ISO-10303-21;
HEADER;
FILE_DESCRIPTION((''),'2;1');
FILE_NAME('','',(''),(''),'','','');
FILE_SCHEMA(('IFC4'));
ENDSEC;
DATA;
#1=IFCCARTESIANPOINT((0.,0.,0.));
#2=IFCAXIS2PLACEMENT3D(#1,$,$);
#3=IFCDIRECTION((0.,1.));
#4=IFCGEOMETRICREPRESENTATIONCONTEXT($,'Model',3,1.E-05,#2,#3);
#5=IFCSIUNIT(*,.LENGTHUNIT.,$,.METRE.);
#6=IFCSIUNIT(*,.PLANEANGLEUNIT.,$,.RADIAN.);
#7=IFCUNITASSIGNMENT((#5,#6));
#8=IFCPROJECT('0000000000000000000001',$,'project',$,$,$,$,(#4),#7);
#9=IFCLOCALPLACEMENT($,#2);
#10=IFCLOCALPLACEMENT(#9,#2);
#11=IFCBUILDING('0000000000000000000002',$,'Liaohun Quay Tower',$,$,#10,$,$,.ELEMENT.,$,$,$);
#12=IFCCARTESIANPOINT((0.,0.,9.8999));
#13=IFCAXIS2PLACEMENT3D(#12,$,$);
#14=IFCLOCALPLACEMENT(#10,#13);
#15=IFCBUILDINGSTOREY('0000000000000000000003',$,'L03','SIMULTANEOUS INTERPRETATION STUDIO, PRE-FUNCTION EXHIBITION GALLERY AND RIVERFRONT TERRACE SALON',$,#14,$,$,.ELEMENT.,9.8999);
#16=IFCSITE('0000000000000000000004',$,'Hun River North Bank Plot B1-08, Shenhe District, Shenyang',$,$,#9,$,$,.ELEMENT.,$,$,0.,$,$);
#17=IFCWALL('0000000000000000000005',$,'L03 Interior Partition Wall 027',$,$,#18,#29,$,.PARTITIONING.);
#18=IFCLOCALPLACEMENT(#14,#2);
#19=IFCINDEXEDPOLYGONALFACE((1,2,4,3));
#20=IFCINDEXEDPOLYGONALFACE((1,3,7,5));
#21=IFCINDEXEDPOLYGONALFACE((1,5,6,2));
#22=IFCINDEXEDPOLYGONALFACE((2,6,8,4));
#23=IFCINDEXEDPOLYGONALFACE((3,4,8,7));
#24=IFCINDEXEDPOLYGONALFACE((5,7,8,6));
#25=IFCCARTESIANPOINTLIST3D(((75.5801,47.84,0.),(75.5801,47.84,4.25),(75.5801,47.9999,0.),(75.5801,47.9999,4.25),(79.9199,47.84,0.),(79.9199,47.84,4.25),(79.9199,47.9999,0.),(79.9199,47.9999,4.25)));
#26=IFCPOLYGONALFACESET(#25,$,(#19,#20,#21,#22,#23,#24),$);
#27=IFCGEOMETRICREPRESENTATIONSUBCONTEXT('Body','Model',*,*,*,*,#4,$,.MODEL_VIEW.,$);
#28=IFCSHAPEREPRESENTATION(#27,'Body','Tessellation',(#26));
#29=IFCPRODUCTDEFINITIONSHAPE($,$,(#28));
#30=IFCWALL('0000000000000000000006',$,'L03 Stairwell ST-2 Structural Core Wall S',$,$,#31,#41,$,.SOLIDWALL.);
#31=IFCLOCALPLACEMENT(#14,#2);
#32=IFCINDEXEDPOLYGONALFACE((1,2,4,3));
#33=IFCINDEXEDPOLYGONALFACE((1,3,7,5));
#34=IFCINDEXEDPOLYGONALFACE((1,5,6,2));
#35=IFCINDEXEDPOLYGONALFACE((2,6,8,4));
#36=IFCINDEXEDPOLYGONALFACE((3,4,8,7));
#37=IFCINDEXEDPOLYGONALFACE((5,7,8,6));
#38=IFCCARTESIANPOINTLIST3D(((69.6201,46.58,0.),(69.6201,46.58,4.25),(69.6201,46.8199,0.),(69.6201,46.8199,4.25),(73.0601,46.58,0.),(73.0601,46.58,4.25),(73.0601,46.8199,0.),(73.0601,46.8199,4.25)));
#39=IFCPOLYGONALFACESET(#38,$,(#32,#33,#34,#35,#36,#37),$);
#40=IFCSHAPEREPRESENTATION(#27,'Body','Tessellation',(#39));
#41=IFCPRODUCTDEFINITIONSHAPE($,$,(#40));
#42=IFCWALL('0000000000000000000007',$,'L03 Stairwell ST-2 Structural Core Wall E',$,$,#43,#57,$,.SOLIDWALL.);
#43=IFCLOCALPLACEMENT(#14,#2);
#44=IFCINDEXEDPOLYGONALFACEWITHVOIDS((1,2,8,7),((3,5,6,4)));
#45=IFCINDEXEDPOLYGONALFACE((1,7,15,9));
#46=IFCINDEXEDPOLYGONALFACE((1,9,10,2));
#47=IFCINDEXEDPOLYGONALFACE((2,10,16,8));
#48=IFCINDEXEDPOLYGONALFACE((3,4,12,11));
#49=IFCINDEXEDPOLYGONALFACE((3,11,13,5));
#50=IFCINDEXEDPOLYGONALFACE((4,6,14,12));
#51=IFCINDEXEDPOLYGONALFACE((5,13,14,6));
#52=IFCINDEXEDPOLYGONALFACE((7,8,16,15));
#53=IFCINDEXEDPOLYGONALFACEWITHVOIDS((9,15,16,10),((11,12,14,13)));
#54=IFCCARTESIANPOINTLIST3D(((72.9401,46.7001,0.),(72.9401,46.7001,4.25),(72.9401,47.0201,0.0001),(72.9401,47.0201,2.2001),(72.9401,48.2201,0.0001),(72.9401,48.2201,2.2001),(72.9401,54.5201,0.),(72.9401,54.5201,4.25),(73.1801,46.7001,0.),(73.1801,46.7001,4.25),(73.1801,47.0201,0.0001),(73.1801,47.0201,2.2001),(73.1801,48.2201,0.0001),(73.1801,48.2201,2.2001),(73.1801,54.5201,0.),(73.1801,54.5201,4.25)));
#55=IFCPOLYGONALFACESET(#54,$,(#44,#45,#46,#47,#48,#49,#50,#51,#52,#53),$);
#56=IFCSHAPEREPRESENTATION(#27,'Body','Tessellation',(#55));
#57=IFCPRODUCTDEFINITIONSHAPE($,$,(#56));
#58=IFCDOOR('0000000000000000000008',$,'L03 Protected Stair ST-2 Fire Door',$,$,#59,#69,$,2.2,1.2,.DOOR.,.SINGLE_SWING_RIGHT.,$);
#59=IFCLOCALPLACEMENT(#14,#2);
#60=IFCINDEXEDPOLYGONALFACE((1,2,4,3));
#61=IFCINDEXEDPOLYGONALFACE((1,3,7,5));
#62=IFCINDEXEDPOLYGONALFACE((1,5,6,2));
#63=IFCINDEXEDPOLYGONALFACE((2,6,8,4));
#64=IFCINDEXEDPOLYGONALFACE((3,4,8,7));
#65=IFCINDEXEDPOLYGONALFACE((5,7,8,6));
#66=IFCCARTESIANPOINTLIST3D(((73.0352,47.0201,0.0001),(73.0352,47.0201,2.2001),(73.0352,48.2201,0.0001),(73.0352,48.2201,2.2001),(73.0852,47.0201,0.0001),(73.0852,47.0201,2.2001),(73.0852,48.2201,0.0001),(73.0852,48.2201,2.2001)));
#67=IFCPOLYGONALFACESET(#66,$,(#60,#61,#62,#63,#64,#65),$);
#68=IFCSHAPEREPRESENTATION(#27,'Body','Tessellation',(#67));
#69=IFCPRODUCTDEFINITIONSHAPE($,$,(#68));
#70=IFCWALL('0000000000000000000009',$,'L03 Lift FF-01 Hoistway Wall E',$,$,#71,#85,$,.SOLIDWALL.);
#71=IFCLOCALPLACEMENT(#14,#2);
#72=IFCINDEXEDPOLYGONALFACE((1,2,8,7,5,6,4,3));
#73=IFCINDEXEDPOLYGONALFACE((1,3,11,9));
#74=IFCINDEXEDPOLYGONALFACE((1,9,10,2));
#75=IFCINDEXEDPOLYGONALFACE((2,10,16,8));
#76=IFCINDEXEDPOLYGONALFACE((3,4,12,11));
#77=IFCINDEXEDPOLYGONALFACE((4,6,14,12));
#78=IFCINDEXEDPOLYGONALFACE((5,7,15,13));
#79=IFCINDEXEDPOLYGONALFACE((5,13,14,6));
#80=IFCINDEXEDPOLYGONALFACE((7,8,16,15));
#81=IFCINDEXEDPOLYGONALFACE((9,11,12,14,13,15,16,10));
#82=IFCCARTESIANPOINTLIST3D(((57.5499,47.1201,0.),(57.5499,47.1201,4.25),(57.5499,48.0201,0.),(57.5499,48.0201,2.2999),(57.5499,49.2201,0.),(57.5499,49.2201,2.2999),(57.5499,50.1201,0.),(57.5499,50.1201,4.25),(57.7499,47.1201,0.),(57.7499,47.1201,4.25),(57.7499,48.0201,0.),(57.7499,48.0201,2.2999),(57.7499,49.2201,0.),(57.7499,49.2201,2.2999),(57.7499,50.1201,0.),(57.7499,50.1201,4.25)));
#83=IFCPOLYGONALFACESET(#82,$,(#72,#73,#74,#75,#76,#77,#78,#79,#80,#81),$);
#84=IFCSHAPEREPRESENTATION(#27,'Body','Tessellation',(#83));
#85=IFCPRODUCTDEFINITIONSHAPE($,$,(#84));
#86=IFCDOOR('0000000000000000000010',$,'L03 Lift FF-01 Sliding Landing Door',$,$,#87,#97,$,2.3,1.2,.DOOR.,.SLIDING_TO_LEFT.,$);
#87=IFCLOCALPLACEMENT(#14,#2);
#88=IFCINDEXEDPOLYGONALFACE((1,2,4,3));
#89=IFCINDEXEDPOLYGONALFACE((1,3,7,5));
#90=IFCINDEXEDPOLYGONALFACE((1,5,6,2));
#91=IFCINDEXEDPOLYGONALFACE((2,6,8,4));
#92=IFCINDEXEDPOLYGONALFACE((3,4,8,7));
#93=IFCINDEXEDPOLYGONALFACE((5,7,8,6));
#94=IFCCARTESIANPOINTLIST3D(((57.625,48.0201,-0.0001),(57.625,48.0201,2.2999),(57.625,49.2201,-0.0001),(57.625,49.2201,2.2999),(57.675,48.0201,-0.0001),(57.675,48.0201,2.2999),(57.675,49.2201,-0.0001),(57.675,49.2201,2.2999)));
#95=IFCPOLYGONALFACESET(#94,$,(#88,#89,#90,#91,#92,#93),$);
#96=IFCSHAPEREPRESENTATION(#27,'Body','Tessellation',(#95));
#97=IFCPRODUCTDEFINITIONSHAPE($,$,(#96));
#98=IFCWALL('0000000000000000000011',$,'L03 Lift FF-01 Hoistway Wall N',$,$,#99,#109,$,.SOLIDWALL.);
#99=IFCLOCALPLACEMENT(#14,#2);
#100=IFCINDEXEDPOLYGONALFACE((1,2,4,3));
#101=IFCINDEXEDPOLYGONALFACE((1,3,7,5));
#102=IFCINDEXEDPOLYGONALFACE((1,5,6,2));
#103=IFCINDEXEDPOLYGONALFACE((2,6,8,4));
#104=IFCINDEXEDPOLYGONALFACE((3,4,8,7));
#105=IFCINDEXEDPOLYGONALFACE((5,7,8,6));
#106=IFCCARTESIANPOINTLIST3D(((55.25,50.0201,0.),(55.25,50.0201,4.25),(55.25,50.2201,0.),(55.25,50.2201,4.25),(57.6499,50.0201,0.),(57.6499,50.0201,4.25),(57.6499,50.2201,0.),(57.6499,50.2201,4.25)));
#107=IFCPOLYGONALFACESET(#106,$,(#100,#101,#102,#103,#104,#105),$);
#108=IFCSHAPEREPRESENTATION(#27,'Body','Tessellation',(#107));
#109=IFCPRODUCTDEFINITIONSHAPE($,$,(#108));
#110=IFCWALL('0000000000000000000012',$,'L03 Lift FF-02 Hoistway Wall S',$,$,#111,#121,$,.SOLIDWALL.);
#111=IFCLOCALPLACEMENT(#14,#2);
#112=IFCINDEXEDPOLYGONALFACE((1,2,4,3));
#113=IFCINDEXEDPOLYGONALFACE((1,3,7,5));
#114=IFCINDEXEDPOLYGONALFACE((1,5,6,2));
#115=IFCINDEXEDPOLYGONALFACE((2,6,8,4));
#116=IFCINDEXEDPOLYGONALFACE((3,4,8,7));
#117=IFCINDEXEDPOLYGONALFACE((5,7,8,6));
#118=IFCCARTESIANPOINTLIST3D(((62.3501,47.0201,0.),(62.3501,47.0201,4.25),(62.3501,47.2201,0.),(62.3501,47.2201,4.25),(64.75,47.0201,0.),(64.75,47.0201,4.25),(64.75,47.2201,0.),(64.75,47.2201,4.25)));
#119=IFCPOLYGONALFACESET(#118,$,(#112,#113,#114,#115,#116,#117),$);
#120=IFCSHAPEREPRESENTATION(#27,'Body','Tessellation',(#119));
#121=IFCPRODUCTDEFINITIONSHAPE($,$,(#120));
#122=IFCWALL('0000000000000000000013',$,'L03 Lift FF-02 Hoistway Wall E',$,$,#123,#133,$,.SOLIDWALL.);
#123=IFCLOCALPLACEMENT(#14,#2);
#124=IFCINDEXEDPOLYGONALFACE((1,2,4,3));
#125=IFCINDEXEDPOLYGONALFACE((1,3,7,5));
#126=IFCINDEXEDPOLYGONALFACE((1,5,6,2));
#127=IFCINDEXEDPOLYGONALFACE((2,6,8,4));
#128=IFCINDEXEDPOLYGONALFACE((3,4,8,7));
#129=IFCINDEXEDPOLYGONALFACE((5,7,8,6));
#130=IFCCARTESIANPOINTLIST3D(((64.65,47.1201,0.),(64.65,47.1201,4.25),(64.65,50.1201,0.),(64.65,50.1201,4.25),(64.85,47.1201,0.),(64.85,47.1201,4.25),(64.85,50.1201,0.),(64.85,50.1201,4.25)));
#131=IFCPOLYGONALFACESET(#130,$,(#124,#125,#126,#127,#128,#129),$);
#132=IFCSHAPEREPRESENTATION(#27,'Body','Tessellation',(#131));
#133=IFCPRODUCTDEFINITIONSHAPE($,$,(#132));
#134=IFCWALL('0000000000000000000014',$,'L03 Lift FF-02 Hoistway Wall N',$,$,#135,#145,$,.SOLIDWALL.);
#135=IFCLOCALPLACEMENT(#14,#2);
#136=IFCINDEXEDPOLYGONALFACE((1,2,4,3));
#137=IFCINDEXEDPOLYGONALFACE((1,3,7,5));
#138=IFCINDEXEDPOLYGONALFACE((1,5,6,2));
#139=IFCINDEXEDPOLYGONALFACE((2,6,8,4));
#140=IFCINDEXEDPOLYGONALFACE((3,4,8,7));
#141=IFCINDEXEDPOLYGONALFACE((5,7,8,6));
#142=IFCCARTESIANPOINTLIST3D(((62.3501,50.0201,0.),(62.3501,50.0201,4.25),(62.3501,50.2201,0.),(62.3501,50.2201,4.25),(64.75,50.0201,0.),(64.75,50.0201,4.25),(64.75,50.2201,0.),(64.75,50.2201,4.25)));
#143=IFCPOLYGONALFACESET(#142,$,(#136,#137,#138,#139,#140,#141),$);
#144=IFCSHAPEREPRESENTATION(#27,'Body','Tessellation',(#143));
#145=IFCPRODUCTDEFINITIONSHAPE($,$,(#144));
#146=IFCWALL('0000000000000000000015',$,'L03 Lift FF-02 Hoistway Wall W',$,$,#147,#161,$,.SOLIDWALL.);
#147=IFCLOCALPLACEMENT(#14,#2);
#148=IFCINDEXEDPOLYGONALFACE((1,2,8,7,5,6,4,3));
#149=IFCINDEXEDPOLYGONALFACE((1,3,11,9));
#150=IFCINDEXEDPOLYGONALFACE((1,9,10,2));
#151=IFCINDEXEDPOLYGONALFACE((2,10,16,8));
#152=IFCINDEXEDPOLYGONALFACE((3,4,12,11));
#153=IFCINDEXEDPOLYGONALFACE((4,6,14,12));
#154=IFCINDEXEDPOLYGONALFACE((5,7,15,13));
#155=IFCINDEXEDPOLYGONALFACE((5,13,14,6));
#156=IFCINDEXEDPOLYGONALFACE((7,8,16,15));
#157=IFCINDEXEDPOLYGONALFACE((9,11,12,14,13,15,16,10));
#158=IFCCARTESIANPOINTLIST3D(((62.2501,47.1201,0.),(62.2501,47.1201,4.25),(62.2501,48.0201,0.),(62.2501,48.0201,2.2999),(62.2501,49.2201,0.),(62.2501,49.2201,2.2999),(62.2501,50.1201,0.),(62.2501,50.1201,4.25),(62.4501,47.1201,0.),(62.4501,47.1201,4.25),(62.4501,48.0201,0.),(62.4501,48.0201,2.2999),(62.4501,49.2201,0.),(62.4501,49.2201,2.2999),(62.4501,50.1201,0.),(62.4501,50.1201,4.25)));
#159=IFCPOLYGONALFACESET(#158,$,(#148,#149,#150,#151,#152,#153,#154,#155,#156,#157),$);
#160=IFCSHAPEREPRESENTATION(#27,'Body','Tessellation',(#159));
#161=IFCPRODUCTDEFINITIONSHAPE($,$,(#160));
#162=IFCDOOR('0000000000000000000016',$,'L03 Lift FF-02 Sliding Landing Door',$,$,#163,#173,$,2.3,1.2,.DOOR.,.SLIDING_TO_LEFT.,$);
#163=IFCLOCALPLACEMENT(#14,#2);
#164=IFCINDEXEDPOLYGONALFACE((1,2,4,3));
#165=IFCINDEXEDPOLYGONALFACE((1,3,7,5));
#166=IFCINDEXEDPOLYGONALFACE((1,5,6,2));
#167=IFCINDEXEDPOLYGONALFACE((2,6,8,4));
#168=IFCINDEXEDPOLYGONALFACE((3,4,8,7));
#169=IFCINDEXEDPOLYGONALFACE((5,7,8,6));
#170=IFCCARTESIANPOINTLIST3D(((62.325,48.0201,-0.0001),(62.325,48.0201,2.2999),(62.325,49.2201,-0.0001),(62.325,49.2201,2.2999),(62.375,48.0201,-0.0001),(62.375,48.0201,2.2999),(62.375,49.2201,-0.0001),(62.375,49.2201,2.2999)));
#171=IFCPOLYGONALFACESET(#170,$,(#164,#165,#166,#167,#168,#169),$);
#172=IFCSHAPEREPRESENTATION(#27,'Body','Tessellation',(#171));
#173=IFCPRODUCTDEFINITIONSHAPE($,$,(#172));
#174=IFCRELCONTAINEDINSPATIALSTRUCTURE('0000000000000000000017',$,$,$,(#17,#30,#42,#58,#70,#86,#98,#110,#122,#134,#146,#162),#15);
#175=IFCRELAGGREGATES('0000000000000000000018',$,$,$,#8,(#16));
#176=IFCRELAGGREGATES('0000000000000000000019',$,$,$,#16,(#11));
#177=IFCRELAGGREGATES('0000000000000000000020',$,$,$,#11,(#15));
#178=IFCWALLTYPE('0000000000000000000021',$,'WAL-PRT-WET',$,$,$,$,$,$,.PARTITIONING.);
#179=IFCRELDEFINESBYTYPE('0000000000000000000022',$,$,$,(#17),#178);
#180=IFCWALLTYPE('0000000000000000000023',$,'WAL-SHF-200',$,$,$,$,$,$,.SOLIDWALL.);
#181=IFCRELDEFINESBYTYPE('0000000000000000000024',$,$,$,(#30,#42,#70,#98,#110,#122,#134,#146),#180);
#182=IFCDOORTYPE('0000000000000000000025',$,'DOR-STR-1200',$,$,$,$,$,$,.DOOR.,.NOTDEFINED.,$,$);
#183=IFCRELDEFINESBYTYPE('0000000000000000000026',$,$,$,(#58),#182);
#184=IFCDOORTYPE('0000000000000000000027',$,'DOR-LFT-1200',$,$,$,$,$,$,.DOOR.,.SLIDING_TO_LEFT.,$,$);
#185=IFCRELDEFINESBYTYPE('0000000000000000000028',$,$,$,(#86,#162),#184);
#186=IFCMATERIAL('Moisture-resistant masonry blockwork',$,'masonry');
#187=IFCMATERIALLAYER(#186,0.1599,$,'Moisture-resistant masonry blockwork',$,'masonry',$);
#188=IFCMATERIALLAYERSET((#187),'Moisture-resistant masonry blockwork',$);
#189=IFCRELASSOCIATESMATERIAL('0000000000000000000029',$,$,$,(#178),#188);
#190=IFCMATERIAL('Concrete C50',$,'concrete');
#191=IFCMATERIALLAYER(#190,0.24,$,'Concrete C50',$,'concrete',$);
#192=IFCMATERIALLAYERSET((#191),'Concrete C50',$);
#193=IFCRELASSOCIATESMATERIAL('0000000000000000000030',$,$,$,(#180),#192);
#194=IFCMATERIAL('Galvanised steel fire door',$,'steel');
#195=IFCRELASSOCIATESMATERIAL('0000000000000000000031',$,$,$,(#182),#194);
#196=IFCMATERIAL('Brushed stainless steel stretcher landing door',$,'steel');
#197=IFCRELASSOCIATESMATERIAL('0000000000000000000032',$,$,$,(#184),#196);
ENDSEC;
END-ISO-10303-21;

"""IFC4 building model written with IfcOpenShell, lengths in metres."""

from ifc_helpers import new_model, si_unit, direction, frame, frame_2d, origin, place, context, subcontext, project, spatial, rectangle, extrude, source, transform, mapped, material, layer, layer_set, type_object, element, fill, save


model = new_model("IFC4")

# Units and contexts
model_context = context("Model", 3, precision=1e-05, world=origin(), true_north=direction((0.0, 1.0)))
body_context = subcontext(model_context, "Body", "Model", "MODEL_VIEW")
ifc_project = project(units=[si_unit("LENGTHUNIT", "METRE"), si_unit("PLANEANGLEUNIT", "RADIAN")], contexts=[model_context])

# Site, building, storey
site_placement = place(None, origin())
site = spatial("IfcSite", under=ifc_project, at=site_placement, Name="Hun River North Bank Plot B1-08, Shenhe District, Shenyang", CompositionType="ELEMENT", RefElevation=0.0)
building_placement = place(site_placement, origin())
building = spatial("IfcBuilding", under=site, at=building_placement, Name="Liaohun Quay Tower", CompositionType="ELEMENT")
storey_placement = place(building_placement, frame((0.0, 0.0, 9.8999)))
storey = spatial("IfcBuildingStorey", under=building, at=storey_placement, Name="L03", Description="SIMULTANEOUS INTERPRETATION STUDIO, PRE-FUNCTION EXHIBITION GALLERY AND RIVERFRONT TERRACE SALON", CompositionType="ELEMENT", Elevation=9.8999)

# Shared definitions
ifc_material_1 = material(Name="Moisture-resistant masonry blockwork", Category="masonry")
ifc_layer_1 = layer(ifc_material_1, 0.1599, Name="Moisture-resistant masonry blockwork", Category="masonry")
ifc_layer_set_1 = layer_set([ifc_layer_1], Name="Moisture-resistant masonry blockwork")
wall_type_1 = type_object("IfcWallType", Name="WAL-PRT-WET", PredefinedType="PARTITIONING", material=ifc_layer_set_1)

# Walls
wall_1_placement = place(storey_placement, frame((75.5801, 47.9199, 0.0), z_axis=(0.0, 0.0, 1.0), x_axis=(1.0, 0.0, 0.0)))
element("IfcWall", 1, at=wall_1_placement, inside=storey, type_object=wall_type_1, Name="L03 Interior Partition Wall 027", PredefinedType="PARTITIONING", context=body_context, shape_type="SweptSolid", body=[
    extrude(rectangle(XDim=4.3398, YDim=0.1599, at=frame_2d((2.1699, 0.0))), origin(), (0.0, 0.0, 1.0), 4.25),
])
ifc_material_2 = material(Name="Concrete C50", Category="concrete")
ifc_layer_2 = layer(ifc_material_2, 0.24, Name="Concrete C50", Category="concrete")
ifc_layer_set_2 = layer_set([ifc_layer_2], Name="Concrete C50")
wall_type_2 = type_object("IfcWallType", Name="WAL-SHF-200", PredefinedType="SOLIDWALL", material=ifc_layer_set_2)
wall_2_placement = place(storey_placement, frame((69.6201, 46.7, 0.0), z_axis=(0.0, 0.0, 1.0), x_axis=(1.0, 0.0, 0.0)))
element("IfcWall", 2, at=wall_2_placement, inside=storey, type_object=wall_type_2, Name="L03 Stairwell ST-2 Structural Core Wall S", PredefinedType="SOLIDWALL", context=body_context, shape_type="SweptSolid", body=[
    extrude(rectangle(XDim=3.4399, YDim=0.24, at=frame_2d((1.72, 0.0))), origin(), (0.0, 0.0, 1.0), 4.25),
])

# Walls, openings, doors
wall_3_placement = place(storey_placement, frame((73.0601, 46.7, 0.0), z_axis=(0.0, 0.0, 1.0), x_axis=(0.0, 1.0, 0.0)))
wall_3 = element("IfcWall", 3, at=wall_3_placement, inside=storey, type_object=wall_type_2, Name="L03 Stairwell ST-2 Structural Core Wall E", PredefinedType="SOLIDWALL", context=body_context, shape_type="SweptSolid", body=[
    extrude(rectangle(XDim=7.8201, YDim=0.24, at=frame_2d((3.9102, 0.0))), origin(), (0.0, 0.0, 1.0), 4.25),
])
shared_shape_1 = source(origin(), body_context, "Body", "SweptSolid", [
    extrude(rectangle(XDim=1.2, YDim=2.2, at=frame_2d((0.6001, 1.1001))), frame((0.0, 0.1299, 0.0), z_axis=(0.0, -1.0, 0.0), x_axis=(1.0, 0.0, 0.0)), (0.0, 0.0, 1.0), 0.26),
])
opening_1_placement = place(wall_3_placement, frame((0.3201, 0.0, 0.0)))
opening_1 = element("IfcOpeningElement", 4, at=opening_1_placement, cuts=wall_3, PredefinedType="OPENING", context=body_context, shape_type="MappedRepresentation", body=[
    mapped(shared_shape_1, transform((0.0, 0.0, 0.0), x_axis=(1.0, 0.0, 0.0), y_axis=(0.0, 1.0, 0.0), z_axis=(0.0, 0.0, 1.0), scale=1.0)),
])
ifc_material_3 = material(Name="Galvanised steel fire door", Category="steel")
door_type_1 = type_object("IfcDoorType", Name="DOR-STR-1200", OperationType="NOTDEFINED", PredefinedType="DOOR", material=ifc_material_3)
shared_shape_2 = source(origin(), body_context, "Body", "SweptSolid", [
    extrude(rectangle(XDim=1.2, YDim=2.2, at=frame_2d((0.6001, 1.1001))), frame((0.0, 0.0249, 0.0), z_axis=(0.0, -1.0, 0.0), x_axis=(1.0, 0.0, 0.0)), (0.0, 0.0, 1.0), 0.05),
])
door_1_placement = place(opening_1_placement, origin())
door_1 = element("IfcDoor", 5, at=door_1_placement, inside=storey, type_object=door_type_1, Name="L03 Protected Stair ST-2 Fire Door", OperationType="SINGLE_SWING_RIGHT", OverallHeight=2.2, OverallWidth=1.2, PredefinedType="DOOR", context=body_context, shape_type="MappedRepresentation", body=[
    mapped(shared_shape_2, transform((0.0, 0.0, 0.0), x_axis=(1.0, 0.0, 0.0), y_axis=(0.0, 1.0, 0.0), z_axis=(0.0, 0.0, 1.0), scale=1.0)),
])
fill(opening_1, door_1)
wall_4_placement = place(storey_placement, frame((57.6499, 47.1201, 0.0), z_axis=(0.0, 0.0, 1.0), x_axis=(0.0, 1.0, 0.0)))
wall_4 = element("IfcWall", 6, at=wall_4_placement, inside=storey, type_object=wall_type_2, Name="L03 Lift FF-01 Hoistway Wall E", PredefinedType="SOLIDWALL", context=body_context, shape_type="SweptSolid", body=[
    extrude(rectangle(XDim=3.0, YDim=0.2, at=frame_2d((1.5, 0.0))), origin(), (0.0, 0.0, 1.0), 4.25),
])
shared_shape_3 = source(origin(), body_context, "Body", "SweptSolid", [
    extrude(rectangle(XDim=1.2, YDim=2.3, at=frame_2d((0.6001, 1.1499))), frame((0.0, 0.1099, 0.0), z_axis=(0.0, -1.0, 0.0), x_axis=(1.0, 0.0, 0.0)), (0.0, 0.0, 1.0), 0.22),
])
opening_2_placement = place(wall_4_placement, frame((0.8999, 0.0, 0.0)))
opening_2 = element("IfcOpeningElement", 7, at=opening_2_placement, cuts=wall_4, PredefinedType="OPENING", context=body_context, shape_type="MappedRepresentation", body=[
    mapped(shared_shape_3, transform((0.0, 0.0, 0.0), x_axis=(1.0, 0.0, 0.0), y_axis=(0.0, 1.0, 0.0), z_axis=(0.0, 0.0, 1.0), scale=1.0)),
])
ifc_material_4 = material(Name="Brushed stainless steel stretcher landing door", Category="steel")
door_type_2 = type_object("IfcDoorType", Name="DOR-LFT-1200", OperationType="SLIDING_TO_LEFT", PredefinedType="DOOR", material=ifc_material_4)
shared_shape_4 = source(origin(), body_context, "Body", "SweptSolid", [
    extrude(rectangle(XDim=1.2, YDim=2.3, at=frame_2d((0.6001, 1.1499))), frame((0.0, 0.0249, 0.0), z_axis=(0.0, -1.0, 0.0), x_axis=(1.0, 0.0, 0.0)), (0.0, 0.0, 1.0), 0.05),
])
door_2_placement = place(opening_2_placement, origin())
door_2 = element("IfcDoor", 8, at=door_2_placement, inside=storey, type_object=door_type_2, Name="L03 Lift FF-01 Sliding Landing Door", OperationType="SLIDING_TO_LEFT", OverallHeight=2.3, OverallWidth=1.2, PredefinedType="DOOR", context=body_context, shape_type="MappedRepresentation", body=[
    mapped(shared_shape_4, transform((0.0, 0.0, 0.0), x_axis=(1.0, 0.0, 0.0), y_axis=(0.0, 1.0, 0.0), z_axis=(0.0, 0.0, 1.0), scale=1.0)),
])
fill(opening_2, door_2)

# Walls
for number, where, z_axis, x_axis, name in (
    (9, (57.6499, 50.1201, 0.0), (0.0, 0.0, 1.0), (-1.0, 0.0, 0.0), "L03 Lift FF-01 Hoistway Wall N"),
    (10, (62.3501, 47.1201, 0.0), (0.0, 0.0, 1.0), (1.0, 0.0, 0.0), "L03 Lift FF-02 Hoistway Wall S"),
):
    element("IfcWall", number, at=place(storey_placement, frame(where, z_axis=z_axis, x_axis=x_axis)), inside=storey, type_object=wall_type_2, Name=name, PredefinedType="SOLIDWALL", context=body_context, shape_type="SweptSolid", body=[
        extrude(rectangle(XDim=2.3999, YDim=0.2, at=frame_2d((1.2, 0.0))), origin(), (0.0, 0.0, 1.0), 4.25),
    ])
wall_5_placement = place(storey_placement, frame((64.75, 47.1201, 0.0), z_axis=(0.0, 0.0, 1.0), x_axis=(0.0, 1.0, 0.0)))
element("IfcWall", 11, at=wall_5_placement, inside=storey, type_object=wall_type_2, Name="L03 Lift FF-02 Hoistway Wall E", PredefinedType="SOLIDWALL", context=body_context, shape_type="SweptSolid", body=[
    extrude(rectangle(XDim=3.0, YDim=0.2, at=frame_2d((1.5, 0.0))), origin(), (0.0, 0.0, 1.0), 4.25),
])
wall_6_placement = place(storey_placement, frame((64.75, 50.1201, 0.0), z_axis=(0.0, 0.0, 1.0), x_axis=(-1.0, 0.0, 0.0)))
element("IfcWall", 12, at=wall_6_placement, inside=storey, type_object=wall_type_2, Name="L03 Lift FF-02 Hoistway Wall N", PredefinedType="SOLIDWALL", context=body_context, shape_type="SweptSolid", body=[
    extrude(rectangle(XDim=2.3999, YDim=0.2, at=frame_2d((1.2, 0.0))), origin(), (0.0, 0.0, 1.0), 4.25),
])

# Wall, opening, door
wall_7_placement = place(storey_placement, frame((62.3501, 50.1201, 0.0), z_axis=(0.0, 0.0, 1.0), x_axis=(0.0, -1.0, 0.0)))
wall_7 = element("IfcWall", 13, at=wall_7_placement, inside=storey, type_object=wall_type_2, Name="L03 Lift FF-02 Hoistway Wall W", PredefinedType="SOLIDWALL", context=body_context, shape_type="SweptSolid", body=[
    extrude(rectangle(XDim=3.0, YDim=0.2, at=frame_2d((1.5, 0.0))), origin(), (0.0, 0.0, 1.0), 4.25),
])
opening_3_placement = place(wall_7_placement, frame((0.8999, 0.0, 0.0)))
opening_3 = element("IfcOpeningElement", 14, at=opening_3_placement, cuts=wall_7, PredefinedType="OPENING", context=body_context, shape_type="MappedRepresentation", body=[
    mapped(shared_shape_3, transform((0.0, 0.0, 0.0), x_axis=(1.0, 0.0, 0.0), y_axis=(0.0, 1.0, 0.0), z_axis=(0.0, 0.0, 1.0), scale=1.0)),
])
door_3_placement = place(opening_3_placement, origin())
door_3 = element("IfcDoor", 15, at=door_3_placement, inside=storey, type_object=door_type_2, Name="L03 Lift FF-02 Sliding Landing Door", OperationType="SLIDING_TO_LEFT", OverallHeight=2.3, OverallWidth=1.2, PredefinedType="DOOR", context=body_context, shape_type="MappedRepresentation", body=[
    mapped(shared_shape_4, transform((0.0, 0.0, 0.0), x_axis=(1.0, 0.0, 0.0), y_axis=(0.0, 1.0, 0.0), z_axis=(0.0, 0.0, 1.0), scale=1.0)),
])
fill(opening_3, door_3)

save(model, "model.ifc")
